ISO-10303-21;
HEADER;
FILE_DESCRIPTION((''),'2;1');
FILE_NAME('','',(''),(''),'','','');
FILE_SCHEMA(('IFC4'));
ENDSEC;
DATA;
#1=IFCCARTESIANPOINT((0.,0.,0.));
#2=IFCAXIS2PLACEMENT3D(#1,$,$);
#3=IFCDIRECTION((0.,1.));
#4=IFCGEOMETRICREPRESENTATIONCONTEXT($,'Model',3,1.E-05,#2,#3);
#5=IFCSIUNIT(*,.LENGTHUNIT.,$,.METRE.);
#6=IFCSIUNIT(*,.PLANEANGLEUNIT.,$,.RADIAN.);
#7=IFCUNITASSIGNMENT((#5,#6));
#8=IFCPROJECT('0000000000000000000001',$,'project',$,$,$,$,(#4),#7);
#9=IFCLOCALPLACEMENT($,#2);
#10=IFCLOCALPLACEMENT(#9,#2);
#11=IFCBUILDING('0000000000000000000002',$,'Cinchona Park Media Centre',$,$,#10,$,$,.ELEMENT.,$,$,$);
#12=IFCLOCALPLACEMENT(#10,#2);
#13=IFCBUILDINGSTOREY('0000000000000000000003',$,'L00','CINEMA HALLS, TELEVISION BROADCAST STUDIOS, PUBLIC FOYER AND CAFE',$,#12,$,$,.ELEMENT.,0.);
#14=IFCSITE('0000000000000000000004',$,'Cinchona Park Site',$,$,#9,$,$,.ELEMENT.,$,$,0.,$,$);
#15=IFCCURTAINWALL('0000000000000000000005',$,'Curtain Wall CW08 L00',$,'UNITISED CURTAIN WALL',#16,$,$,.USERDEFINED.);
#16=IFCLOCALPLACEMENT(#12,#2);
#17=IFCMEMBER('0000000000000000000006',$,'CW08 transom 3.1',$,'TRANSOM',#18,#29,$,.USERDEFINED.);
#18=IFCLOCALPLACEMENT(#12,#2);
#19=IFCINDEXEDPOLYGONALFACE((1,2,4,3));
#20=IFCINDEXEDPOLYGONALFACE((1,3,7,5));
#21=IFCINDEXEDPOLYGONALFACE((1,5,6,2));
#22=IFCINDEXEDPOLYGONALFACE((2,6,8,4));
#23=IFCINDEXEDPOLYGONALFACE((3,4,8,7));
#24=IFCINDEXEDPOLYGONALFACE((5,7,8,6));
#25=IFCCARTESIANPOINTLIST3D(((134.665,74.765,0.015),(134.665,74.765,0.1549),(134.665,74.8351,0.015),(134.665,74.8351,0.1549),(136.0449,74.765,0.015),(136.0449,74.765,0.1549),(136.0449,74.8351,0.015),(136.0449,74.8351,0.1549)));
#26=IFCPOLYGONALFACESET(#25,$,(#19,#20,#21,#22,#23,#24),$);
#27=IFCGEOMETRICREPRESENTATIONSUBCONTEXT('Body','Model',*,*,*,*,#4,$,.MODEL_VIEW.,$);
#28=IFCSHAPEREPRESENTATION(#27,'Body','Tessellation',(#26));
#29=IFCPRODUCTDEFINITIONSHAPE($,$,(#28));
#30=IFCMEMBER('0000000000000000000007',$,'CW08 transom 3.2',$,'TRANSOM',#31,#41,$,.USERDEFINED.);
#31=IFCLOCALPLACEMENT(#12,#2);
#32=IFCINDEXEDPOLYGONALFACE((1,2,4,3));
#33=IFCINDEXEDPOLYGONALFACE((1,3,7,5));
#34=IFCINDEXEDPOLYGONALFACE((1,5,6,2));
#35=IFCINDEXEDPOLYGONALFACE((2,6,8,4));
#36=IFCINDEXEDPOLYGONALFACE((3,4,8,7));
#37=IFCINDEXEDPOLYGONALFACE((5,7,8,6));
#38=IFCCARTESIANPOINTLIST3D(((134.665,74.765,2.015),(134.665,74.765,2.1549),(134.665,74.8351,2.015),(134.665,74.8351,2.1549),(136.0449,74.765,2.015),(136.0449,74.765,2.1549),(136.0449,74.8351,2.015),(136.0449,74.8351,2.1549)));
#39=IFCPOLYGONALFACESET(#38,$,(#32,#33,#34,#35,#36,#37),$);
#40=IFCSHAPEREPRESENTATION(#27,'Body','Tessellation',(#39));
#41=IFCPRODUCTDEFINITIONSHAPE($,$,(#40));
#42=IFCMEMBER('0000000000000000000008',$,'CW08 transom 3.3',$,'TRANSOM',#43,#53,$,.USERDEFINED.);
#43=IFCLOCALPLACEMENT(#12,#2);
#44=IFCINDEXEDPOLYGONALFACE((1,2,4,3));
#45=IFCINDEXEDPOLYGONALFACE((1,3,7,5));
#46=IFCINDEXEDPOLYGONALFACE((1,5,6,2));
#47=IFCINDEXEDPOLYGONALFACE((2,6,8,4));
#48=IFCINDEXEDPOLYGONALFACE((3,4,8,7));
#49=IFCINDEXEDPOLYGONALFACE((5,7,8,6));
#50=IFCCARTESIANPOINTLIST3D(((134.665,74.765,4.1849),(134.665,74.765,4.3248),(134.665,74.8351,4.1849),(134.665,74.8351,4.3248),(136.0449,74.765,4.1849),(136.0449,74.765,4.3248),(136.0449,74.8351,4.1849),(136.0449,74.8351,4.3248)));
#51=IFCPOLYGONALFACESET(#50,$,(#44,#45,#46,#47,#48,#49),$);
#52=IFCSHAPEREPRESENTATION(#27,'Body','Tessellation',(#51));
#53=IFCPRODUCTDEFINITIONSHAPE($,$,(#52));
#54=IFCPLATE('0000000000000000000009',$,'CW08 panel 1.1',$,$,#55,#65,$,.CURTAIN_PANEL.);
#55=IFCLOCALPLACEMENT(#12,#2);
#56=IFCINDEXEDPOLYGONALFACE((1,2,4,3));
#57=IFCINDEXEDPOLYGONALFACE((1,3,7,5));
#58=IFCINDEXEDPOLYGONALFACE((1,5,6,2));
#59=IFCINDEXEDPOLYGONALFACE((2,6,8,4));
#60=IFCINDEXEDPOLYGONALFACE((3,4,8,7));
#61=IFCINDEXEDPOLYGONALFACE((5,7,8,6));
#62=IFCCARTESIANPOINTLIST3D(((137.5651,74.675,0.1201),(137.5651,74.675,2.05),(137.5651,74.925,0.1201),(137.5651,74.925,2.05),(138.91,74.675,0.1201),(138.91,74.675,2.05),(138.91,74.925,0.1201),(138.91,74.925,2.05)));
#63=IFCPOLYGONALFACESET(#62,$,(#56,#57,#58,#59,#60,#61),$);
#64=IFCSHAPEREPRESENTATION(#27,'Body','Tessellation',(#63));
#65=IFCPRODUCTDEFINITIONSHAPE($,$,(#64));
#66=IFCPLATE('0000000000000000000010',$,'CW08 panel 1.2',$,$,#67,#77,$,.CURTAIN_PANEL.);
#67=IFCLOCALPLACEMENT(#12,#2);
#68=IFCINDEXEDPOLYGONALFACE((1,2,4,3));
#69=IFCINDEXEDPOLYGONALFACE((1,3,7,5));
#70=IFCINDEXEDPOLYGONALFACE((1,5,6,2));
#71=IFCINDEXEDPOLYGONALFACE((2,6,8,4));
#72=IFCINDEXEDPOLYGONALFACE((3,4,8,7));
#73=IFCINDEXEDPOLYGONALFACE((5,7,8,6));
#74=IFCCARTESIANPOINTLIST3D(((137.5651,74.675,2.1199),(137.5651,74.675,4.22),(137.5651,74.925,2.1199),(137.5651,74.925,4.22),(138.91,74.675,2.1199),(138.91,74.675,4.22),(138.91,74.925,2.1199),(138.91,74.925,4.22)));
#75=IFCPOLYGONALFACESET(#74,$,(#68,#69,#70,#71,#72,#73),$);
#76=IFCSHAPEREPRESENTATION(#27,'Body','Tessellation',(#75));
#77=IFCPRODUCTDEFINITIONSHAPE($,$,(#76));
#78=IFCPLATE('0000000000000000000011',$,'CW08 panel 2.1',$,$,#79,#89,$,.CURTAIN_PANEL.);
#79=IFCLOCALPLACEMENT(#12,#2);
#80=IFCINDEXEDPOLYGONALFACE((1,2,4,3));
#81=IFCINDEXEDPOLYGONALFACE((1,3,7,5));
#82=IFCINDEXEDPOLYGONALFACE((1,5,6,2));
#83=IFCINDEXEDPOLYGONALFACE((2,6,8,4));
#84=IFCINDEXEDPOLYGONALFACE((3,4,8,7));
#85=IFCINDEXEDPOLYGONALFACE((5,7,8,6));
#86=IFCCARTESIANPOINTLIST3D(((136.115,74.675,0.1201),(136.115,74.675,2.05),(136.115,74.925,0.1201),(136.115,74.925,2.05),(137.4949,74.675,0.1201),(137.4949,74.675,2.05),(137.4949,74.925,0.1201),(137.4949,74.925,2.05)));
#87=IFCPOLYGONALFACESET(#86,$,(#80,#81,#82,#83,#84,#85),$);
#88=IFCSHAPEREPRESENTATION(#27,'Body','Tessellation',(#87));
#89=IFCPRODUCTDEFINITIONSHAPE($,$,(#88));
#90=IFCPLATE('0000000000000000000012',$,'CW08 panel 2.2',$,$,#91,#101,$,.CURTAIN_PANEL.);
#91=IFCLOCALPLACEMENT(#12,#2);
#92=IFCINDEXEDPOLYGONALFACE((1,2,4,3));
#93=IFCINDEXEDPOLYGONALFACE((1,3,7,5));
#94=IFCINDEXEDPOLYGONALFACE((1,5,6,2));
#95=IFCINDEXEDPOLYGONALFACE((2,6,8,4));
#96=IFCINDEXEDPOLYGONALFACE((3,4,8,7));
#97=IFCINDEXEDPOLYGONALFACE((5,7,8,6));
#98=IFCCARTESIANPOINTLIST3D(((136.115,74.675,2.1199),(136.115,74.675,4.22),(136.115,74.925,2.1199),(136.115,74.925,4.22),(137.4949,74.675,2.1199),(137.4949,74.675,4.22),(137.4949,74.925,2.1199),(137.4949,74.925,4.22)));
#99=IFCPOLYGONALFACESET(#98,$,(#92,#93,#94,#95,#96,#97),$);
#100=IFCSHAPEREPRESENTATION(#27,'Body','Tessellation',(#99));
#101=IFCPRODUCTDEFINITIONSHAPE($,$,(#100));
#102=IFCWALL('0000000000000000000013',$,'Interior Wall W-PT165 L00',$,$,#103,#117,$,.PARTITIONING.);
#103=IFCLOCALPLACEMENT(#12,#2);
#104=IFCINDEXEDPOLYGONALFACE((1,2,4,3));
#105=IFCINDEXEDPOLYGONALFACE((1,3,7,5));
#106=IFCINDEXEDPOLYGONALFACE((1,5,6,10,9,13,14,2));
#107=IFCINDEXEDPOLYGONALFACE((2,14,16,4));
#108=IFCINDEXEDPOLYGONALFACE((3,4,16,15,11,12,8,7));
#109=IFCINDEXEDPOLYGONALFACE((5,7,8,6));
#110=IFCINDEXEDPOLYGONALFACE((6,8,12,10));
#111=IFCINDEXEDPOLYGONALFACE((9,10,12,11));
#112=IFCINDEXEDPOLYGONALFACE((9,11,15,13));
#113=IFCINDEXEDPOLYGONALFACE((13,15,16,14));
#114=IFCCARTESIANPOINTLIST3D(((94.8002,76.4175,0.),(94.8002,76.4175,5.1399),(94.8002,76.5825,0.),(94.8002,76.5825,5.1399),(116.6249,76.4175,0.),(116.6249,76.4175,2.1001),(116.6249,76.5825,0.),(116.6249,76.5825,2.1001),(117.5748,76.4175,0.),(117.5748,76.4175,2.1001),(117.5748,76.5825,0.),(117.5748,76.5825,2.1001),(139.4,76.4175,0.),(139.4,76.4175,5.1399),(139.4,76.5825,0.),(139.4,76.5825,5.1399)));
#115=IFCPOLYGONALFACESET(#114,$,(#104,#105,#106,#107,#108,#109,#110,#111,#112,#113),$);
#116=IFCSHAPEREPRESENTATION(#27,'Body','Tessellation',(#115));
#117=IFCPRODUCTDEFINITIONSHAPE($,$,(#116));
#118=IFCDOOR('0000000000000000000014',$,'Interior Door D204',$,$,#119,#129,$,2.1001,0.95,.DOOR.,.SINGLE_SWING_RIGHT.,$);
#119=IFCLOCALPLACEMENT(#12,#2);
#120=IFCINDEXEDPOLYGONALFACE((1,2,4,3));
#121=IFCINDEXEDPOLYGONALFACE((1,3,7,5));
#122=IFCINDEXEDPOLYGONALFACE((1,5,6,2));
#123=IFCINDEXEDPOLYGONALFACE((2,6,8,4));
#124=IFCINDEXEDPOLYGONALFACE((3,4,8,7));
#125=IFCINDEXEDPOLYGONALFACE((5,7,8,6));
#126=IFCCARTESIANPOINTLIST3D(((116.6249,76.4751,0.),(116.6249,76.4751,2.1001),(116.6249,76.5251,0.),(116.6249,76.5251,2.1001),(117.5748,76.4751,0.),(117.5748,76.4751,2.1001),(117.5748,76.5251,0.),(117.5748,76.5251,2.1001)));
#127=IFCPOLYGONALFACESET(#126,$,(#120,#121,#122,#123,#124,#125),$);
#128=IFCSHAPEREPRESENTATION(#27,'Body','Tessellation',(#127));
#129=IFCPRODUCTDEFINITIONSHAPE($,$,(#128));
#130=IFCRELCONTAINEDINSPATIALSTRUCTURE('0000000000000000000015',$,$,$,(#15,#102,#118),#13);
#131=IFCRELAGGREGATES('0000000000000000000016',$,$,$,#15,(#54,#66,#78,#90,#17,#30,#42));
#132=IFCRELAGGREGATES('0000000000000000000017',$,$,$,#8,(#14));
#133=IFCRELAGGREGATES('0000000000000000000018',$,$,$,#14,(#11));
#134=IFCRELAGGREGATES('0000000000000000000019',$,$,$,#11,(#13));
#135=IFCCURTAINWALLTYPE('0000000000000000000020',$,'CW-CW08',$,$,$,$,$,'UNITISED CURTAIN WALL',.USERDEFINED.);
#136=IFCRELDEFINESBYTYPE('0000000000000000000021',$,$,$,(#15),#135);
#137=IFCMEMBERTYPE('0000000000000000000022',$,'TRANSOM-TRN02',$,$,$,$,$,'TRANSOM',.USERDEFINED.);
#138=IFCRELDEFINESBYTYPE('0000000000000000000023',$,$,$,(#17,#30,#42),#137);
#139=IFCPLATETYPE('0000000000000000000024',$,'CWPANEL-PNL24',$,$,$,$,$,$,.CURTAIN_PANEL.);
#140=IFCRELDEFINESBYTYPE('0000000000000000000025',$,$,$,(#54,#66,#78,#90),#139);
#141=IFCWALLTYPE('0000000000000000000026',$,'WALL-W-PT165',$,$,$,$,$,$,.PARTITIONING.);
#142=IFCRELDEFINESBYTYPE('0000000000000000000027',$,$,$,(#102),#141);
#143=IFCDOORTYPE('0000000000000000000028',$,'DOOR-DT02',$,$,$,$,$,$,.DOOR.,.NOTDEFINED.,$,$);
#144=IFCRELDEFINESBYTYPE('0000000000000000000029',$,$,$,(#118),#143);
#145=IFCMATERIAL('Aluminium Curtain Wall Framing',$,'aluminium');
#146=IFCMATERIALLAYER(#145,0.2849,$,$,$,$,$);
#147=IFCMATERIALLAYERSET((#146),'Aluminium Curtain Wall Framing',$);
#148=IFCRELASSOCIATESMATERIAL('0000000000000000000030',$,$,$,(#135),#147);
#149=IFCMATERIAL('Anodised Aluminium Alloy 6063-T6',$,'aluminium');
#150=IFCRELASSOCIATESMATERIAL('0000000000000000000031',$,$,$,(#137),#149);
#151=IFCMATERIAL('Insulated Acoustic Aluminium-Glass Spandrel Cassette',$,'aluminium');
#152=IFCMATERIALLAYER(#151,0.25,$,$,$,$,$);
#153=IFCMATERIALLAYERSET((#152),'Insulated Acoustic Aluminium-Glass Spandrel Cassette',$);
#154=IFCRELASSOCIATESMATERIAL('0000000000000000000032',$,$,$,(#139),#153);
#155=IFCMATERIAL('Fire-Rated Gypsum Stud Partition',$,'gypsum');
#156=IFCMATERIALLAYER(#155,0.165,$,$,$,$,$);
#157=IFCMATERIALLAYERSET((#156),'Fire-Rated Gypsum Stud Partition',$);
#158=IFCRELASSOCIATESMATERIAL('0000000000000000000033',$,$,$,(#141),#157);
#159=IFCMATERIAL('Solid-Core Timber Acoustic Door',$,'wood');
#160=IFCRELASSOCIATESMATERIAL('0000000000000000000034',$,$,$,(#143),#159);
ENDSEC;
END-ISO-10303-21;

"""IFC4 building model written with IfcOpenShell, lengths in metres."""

from ifc_helpers import new_model, si_unit, direction, frame, frame_2d, origin, origin_2d, place, context, subcontext, project, spatial, rectangle, extrude, material, layer, layer_set, material_profile, profile_set, type_object, element, fill, aggregate, save


model = new_model("IFC4")

# Units and contexts
model_context = context("Model", 3, precision=1e-05, world=origin(), true_north=direction((0.0, 1.0)))
body_context = subcontext(model_context, "Body", "Model", "MODEL_VIEW")
ifc_project = project(units=[si_unit("LENGTHUNIT", "METRE"), si_unit("PLANEANGLEUNIT", "RADIAN")], contexts=[model_context])

# Site, building, storey
site_placement = place(None, origin())
site = spatial("IfcSite", under=ifc_project, at=site_placement, Name="Cinchona Park Site", CompositionType="ELEMENT", RefElevation=0.0)
building_placement = place(site_placement, origin())
building = spatial("IfcBuilding", under=site, at=building_placement, Name="Cinchona Park Media Centre", CompositionType="ELEMENT")
storey_placement = place(building_placement, origin())
storey = spatial("IfcBuildingStorey", under=building, at=storey_placement, Name="L00", Description="CINEMA HALLS, TELEVISION BROADCAST STUDIOS, PUBLIC FOYER AND CAFE", CompositionType="ELEMENT", Elevation=0.0)

# Curtain wall, members, plates
ifc_material_1 = material(Name="Aluminium Curtain Wall Framing", Category="aluminium")
ifc_layer_1 = layer(ifc_material_1, 0.2849)
ifc_layer_set_1 = layer_set([ifc_layer_1], Name="Aluminium Curtain Wall Framing")
curtain_wall_type = type_object("IfcCurtainWallType", Name="CW-CW08", ElementType="UNITISED CURTAIN WALL", PredefinedType="USERDEFINED", material=ifc_layer_set_1)
curtain_wall_placement = place(storey_placement, origin())
curtain_wall = element("IfcCurtainWall", 1, at=curtain_wall_placement, inside=storey, type_object=curtain_wall_type, Name="Curtain Wall CW08 L00", ObjectType="UNITISED CURTAIN WALL", PredefinedType="USERDEFINED")
ifc_material_2 = material(Name="Anodised Aluminium Alloy 6063-T6", Category="aluminium")
ifc_material_profile_1 = material_profile(ifc_material_2, rectangle(XDim=0.0701, YDim=0.1399, at=origin_2d()), Name="TRN-70X140")
ifc_profile_set_1 = profile_set([ifc_material_profile_1], Name="Anodised Aluminium Alloy 6063-T6")
member_type_1 = type_object("IfcMemberType", Name="TRANSOM-TRN02", ElementType="TRANSOM", PredefinedType="USERDEFINED", material=ifc_profile_set_1)
member_1_placement = place(storey_placement, frame((136.0449, 74.8, 0.085), z_axis=(-1.0, 0.0, 0.0), x_axis=(0.0, -1.0, 0.0)))
member_1 = element("IfcMember", 2, at=member_1_placement, type_object=member_type_1, Name="CW08 transom 3.1", ObjectType="TRANSOM", PredefinedType="USERDEFINED", context=body_context, shape_type="SweptSolid", body=[
    extrude(rectangle(XDim=0.0701, YDim=0.1399, at=origin_2d()), origin(), (0.0, 0.0, 1.0), 1.3799),
])
member_2_placement = place(storey_placement, frame((136.0449, 74.8, 2.085), z_axis=(-1.0, 0.0, 0.0), x_axis=(0.0, -1.0, 0.0)))
member_2 = element("IfcMember", 3, at=member_2_placement, type_object=member_type_1, Name="CW08 transom 3.2", ObjectType="TRANSOM", PredefinedType="USERDEFINED", context=body_context, shape_type="SweptSolid", body=[
    extrude(rectangle(XDim=0.0701, YDim=0.1399, at=origin_2d()), origin(), (0.0, 0.0, 1.0), 1.3799),
])
member_3_placement = place(storey_placement, frame((136.0449, 74.8, 4.2549), z_axis=(-1.0, 0.0, 0.0), x_axis=(0.0, -1.0, 0.0)))
member_3 = element("IfcMember", 4, at=member_3_placement, type_object=member_type_1, Name="CW08 transom 3.3", ObjectType="TRANSOM", PredefinedType="USERDEFINED", context=body_context, shape_type="SweptSolid", body=[
    extrude(rectangle(XDim=0.0701, YDim=0.1399, at=origin_2d()), origin(), (0.0, 0.0, 1.0), 1.3799),
])
ifc_material_3 = material(Name="Insulated Acoustic Aluminium-Glass Spandrel Cassette", Category="aluminium")
ifc_layer_2 = layer(ifc_material_3, 0.25)
ifc_layer_set_2 = layer_set([ifc_layer_2], Name="Insulated Acoustic Aluminium-Glass Spandrel Cassette")
plate_type = type_object("IfcPlateType", Name="CWPANEL-PNL24", PredefinedType="CURTAIN_PANEL", material=ifc_layer_set_2)
plate_1_placement = place(storey_placement, frame((138.2375, 74.8, 0.1201), z_axis=(0.0, 0.0, 1.0), x_axis=(-1.0, 0.0, 0.0)))
plate_1 = element("IfcPlate", 5, at=plate_1_placement, type_object=plate_type, Name="CW08 panel 1.1", PredefinedType="CURTAIN_PANEL", context=body_context, shape_type="SweptSolid", body=[
    extrude(rectangle(XDim=1.345, YDim=0.25, at=origin_2d()), origin(), (0.0, 0.0, 1.0), 1.9299),
])
plate_2_placement = place(storey_placement, frame((138.2375, 74.8, 2.1199), z_axis=(0.0, 0.0, 1.0), x_axis=(-1.0, 0.0, 0.0)))
plate_2 = element("IfcPlate", 6, at=plate_2_placement, type_object=plate_type, Name="CW08 panel 1.2", PredefinedType="CURTAIN_PANEL", context=body_context, shape_type="SweptSolid", body=[
    extrude(rectangle(XDim=1.345, YDim=0.25, at=origin_2d()), origin(), (0.0, 0.0, 1.0), 2.1001),
])
plate_3_placement = place(storey_placement, frame((136.8049, 74.8, 0.1201), z_axis=(0.0, 0.0, 1.0), x_axis=(-1.0, 0.0, 0.0)))
plate_3 = element("IfcPlate", 7, at=plate_3_placement, type_object=plate_type, Name="CW08 panel 2.1", PredefinedType="CURTAIN_PANEL", context=body_context, shape_type="SweptSolid", body=[
    extrude(rectangle(XDim=1.3799, YDim=0.25, at=origin_2d()), origin(), (0.0, 0.0, 1.0), 1.9299),
])
plate_4_placement = place(storey_placement, frame((136.8049, 74.8, 2.1199), z_axis=(0.0, 0.0, 1.0), x_axis=(-1.0, 0.0, 0.0)))
plate_4 = element("IfcPlate", 8, at=plate_4_placement, type_object=plate_type, Name="CW08 panel 2.2", PredefinedType="CURTAIN_PANEL", context=body_context, shape_type="SweptSolid", body=[
    extrude(rectangle(XDim=1.3799, YDim=0.25, at=origin_2d()), origin(), (0.0, 0.0, 1.0), 2.1001),
])
aggregate(curtain_wall, [plate_1, plate_2, plate_3, plate_4, member_1, member_2, member_3])

# Wall, opening, door
ifc_material_4 = material(Name="Fire-Rated Gypsum Stud Partition", Category="gypsum")
ifc_layer_3 = layer(ifc_material_4, 0.165)
ifc_layer_set_3 = layer_set([ifc_layer_3], Name="Fire-Rated Gypsum Stud Partition")
wall_type = type_object("IfcWallType", Name="WALL-W-PT165", PredefinedType="PARTITIONING", material=ifc_layer_set_3)
wall_placement = place(storey_placement, frame((139.3999, 76.5, 0.0), z_axis=(0.0, 0.0, 1.0), x_axis=(-1.0, 0.0, 0.0)))
wall = element("IfcWall", 9, at=wall_placement, inside=storey, type_object=wall_type, Name="Interior Wall W-PT165 L00", PredefinedType="PARTITIONING", context=body_context, shape_type="SweptSolid", body=[
    extrude(rectangle(XDim=44.5999, YDim=0.165, at=frame_2d((22.2998, 0.0))), origin(), (0.0, 0.0, 1.0), 5.1399),
])
opening_placement = place(wall_placement, frame((21.825, 0.0, 0.0)))
opening = element("IfcOpeningElement", 10, at=opening_placement, cuts=wall, PredefinedType="OPENING", context=body_context, shape_type="SweptSolid", body=[
    extrude(rectangle(XDim=0.95, YDim=2.1001, at=frame_2d((0.4751, 1.05))), frame((0.0, 0.0925, 0.0), z_axis=(0.0, -1.0, 0.0), x_axis=(1.0, 0.0, 0.0)), (0.0, 0.0, 1.0), 0.1851),
])
ifc_material_5 = material(Name="Solid-Core Timber Acoustic Door", Category="wood")
door_type = type_object("IfcDoorType", Name="DOOR-DT02", OperationType="NOTDEFINED", PredefinedType="DOOR", material=ifc_material_5)
door_placement = place(opening_placement, origin())
door = element("IfcDoor", 11, at=door_placement, inside=storey, type_object=door_type, Name="Interior Door D204", OperationType="SINGLE_SWING_RIGHT", OverallHeight=2.1001, OverallWidth=0.95, PredefinedType="DOOR", context=body_context, shape_type="SweptSolid", body=[
    extrude(rectangle(XDim=0.95, YDim=2.1001, at=frame_2d((0.4751, 1.05))), frame((0.0, 0.0249, 0.0), z_axis=(0.0, -1.0, 0.0), x_axis=(1.0, 0.0, 0.0)), (0.0, 0.0, 1.0), 0.05),
])
fill(opening, door)

save(model, "model.ifc")
